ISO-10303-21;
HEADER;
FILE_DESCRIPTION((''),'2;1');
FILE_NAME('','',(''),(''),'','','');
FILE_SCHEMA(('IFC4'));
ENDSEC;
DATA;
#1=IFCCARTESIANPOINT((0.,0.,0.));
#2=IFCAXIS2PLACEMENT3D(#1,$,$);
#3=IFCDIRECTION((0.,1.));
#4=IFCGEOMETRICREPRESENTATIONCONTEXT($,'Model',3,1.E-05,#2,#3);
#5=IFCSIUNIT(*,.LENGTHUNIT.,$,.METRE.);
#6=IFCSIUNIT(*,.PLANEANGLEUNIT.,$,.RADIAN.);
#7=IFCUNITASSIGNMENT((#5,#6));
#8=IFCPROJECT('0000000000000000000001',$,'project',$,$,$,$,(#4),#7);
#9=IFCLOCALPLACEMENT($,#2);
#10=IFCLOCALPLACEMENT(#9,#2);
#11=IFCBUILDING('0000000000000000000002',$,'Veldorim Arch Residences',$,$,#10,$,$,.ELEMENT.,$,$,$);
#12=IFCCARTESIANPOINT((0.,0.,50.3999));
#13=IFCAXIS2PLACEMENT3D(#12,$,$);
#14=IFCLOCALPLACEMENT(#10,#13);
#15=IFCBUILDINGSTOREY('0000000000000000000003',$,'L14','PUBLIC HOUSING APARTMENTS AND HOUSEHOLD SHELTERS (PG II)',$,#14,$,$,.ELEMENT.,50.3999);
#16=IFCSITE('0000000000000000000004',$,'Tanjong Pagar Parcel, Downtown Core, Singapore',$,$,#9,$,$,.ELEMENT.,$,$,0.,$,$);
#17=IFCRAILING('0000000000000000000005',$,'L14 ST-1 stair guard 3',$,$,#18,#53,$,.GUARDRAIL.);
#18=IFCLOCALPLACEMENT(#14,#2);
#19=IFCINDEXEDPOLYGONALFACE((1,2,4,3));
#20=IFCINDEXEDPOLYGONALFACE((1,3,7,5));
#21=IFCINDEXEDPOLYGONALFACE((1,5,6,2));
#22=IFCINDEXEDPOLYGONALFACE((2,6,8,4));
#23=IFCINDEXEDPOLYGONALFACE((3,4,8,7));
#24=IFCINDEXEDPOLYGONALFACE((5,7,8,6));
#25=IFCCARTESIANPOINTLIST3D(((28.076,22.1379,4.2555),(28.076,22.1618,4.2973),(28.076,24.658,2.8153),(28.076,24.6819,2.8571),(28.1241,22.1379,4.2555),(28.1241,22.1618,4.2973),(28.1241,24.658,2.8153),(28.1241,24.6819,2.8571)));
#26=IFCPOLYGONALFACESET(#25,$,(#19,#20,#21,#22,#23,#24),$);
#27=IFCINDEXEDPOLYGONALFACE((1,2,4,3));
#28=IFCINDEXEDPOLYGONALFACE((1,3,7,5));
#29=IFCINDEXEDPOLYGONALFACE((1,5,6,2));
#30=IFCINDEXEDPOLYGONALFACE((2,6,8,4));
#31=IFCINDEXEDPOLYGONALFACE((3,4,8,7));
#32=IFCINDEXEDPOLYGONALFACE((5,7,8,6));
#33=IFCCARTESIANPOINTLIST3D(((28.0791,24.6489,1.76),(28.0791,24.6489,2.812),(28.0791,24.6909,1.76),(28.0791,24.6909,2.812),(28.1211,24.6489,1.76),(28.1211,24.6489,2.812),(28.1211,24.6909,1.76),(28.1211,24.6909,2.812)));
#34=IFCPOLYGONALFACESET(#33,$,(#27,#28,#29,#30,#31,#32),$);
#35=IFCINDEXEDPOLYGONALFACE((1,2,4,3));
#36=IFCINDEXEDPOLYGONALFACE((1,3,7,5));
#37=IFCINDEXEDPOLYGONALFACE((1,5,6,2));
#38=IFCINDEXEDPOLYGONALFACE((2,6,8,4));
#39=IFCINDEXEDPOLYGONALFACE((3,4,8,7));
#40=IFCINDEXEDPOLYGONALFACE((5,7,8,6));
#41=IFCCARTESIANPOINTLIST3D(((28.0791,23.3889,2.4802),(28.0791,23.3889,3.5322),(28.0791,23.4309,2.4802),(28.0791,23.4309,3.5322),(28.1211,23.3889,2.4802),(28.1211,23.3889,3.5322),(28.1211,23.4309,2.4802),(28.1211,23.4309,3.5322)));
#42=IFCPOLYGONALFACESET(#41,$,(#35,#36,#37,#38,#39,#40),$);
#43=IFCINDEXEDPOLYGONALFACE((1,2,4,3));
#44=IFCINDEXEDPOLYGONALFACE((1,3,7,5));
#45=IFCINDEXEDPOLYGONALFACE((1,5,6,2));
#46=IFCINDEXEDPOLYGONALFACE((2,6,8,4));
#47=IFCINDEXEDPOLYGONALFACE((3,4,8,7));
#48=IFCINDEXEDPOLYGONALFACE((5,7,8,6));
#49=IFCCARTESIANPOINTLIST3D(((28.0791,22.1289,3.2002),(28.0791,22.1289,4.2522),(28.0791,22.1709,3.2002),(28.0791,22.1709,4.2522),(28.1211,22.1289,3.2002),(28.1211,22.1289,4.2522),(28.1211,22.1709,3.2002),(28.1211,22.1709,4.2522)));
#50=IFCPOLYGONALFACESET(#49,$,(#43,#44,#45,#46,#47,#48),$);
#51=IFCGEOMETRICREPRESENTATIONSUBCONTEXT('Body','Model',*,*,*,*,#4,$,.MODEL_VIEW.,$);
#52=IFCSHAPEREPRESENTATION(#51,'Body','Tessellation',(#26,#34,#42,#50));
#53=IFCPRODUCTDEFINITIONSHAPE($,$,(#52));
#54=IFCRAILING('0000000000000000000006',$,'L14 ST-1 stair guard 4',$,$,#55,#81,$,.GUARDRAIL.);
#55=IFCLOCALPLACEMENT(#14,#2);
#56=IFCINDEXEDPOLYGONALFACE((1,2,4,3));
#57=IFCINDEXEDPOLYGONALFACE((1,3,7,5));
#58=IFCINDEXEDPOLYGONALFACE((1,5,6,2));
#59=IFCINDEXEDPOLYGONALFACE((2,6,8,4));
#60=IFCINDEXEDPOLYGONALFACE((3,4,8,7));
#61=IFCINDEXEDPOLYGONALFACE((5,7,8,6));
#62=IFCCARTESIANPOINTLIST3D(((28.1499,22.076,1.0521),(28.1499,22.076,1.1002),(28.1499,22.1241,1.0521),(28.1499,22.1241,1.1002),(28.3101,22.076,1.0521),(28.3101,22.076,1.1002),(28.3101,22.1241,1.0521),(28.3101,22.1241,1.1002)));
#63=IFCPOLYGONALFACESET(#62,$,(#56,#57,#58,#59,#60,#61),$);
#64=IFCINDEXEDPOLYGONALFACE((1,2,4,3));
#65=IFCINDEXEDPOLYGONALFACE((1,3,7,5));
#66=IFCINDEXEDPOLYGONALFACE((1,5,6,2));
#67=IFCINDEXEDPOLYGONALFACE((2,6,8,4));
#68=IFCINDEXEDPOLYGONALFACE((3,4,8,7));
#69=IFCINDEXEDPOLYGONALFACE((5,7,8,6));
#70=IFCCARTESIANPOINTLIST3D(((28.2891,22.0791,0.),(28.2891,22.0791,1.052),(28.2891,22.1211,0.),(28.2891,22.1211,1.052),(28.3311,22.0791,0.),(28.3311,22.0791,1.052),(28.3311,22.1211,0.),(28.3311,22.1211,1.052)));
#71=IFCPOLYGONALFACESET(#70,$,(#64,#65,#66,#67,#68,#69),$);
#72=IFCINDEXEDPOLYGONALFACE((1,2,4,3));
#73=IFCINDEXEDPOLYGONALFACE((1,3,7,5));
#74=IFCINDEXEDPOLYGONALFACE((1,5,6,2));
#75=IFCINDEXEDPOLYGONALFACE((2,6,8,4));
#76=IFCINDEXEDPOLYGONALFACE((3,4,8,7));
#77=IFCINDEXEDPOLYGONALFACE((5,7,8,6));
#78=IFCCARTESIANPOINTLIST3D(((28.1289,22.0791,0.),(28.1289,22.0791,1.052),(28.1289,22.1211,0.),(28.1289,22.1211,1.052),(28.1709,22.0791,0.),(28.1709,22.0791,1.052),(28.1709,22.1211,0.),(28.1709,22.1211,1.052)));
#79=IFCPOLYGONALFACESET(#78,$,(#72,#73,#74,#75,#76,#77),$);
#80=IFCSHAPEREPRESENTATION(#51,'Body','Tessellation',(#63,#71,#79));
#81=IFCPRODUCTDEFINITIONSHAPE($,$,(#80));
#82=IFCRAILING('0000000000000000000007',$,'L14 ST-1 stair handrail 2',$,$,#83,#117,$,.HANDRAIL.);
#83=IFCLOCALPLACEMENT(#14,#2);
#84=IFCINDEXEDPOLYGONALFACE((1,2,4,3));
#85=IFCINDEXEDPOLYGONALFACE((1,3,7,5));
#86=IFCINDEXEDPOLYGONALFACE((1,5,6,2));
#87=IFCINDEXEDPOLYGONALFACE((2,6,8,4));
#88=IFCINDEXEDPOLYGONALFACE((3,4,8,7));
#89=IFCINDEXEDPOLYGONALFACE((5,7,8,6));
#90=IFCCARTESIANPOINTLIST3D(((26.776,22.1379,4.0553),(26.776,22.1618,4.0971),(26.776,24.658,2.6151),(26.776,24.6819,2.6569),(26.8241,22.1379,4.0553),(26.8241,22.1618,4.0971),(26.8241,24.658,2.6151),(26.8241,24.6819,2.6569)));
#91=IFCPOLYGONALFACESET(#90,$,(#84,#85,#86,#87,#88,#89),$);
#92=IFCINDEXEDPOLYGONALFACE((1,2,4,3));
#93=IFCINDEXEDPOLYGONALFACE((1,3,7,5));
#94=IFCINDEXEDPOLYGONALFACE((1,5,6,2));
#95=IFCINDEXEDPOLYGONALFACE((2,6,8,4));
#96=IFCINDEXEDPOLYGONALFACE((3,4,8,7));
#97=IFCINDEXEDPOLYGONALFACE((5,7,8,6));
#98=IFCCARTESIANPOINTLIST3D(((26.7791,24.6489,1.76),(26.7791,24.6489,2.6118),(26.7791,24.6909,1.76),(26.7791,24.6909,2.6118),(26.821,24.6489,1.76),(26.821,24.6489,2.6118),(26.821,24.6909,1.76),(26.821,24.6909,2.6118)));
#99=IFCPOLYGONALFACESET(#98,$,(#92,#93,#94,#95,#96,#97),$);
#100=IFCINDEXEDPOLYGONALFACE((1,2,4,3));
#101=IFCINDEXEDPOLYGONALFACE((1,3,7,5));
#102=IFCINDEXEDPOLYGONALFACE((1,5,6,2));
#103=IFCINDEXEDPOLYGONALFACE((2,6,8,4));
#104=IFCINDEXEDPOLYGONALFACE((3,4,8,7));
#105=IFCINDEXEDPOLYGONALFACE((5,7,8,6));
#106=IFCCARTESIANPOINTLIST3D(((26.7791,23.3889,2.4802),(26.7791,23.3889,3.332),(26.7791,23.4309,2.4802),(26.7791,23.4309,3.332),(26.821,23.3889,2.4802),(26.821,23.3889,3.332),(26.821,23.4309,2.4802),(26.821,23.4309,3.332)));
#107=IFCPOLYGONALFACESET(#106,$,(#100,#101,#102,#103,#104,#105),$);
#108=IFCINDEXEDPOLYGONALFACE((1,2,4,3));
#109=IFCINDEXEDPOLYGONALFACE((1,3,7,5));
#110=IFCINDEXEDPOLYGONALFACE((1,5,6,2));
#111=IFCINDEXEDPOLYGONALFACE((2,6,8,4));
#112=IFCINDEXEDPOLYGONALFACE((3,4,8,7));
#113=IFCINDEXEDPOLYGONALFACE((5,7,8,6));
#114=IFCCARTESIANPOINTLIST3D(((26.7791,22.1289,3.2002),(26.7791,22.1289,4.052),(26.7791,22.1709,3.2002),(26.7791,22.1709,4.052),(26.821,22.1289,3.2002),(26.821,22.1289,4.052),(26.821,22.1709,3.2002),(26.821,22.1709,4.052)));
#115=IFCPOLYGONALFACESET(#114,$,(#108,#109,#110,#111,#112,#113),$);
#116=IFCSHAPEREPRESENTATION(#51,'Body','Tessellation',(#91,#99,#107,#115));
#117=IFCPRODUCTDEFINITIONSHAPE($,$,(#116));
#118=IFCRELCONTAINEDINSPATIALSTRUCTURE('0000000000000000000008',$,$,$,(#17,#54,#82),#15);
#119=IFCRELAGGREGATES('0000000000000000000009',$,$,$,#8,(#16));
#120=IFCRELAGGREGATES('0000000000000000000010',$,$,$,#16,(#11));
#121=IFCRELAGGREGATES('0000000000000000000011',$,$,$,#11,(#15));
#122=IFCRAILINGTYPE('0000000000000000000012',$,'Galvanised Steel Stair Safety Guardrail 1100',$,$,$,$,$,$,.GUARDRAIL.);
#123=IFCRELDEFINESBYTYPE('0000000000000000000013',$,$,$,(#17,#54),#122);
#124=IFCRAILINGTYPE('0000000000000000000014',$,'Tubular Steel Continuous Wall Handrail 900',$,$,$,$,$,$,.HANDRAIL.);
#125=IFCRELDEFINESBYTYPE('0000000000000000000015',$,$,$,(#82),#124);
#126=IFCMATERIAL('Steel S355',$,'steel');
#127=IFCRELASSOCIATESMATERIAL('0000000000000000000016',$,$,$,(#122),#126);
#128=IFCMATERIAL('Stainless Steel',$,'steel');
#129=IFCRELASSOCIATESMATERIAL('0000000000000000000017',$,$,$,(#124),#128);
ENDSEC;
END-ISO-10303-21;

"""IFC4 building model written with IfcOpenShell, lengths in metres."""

from ifc_helpers import new_model, si_unit, direction, frame, origin, origin_2d, place, context, subcontext, project, spatial, rectangle, extrude, material, type_object, element, save


model = new_model("IFC4")

# Units and contexts
model_context = context("Model", 3, precision=1e-05, world=origin(), true_north=direction((0.0, 1.0)))
body_context = subcontext(model_context, "Body", "Model", "MODEL_VIEW")
ifc_project = project(units=[si_unit("LENGTHUNIT", "METRE"), si_unit("PLANEANGLEUNIT", "RADIAN")], contexts=[model_context])

# Site, building, storey
site_placement = place(None, origin())
site = spatial("IfcSite", under=ifc_project, at=site_placement, Name="Tanjong Pagar Parcel, Downtown Core, Singapore", CompositionType="ELEMENT", RefElevation=0.0)
building_placement = place(site_placement, origin())
building = spatial("IfcBuilding", under=site, at=building_placement, Name="Veldorim Arch Residences", CompositionType="ELEMENT")
storey_placement = place(building_placement, frame((0.0, 0.0, 50.3999)))
storey = spatial("IfcBuildingStorey", under=building, at=storey_placement, Name="L14", Description="PUBLIC HOUSING APARTMENTS AND HOUSEHOLD SHELTERS (PG II)", CompositionType="ELEMENT", Elevation=50.3999)

# Railings
ifc_material_1 = material(Name="Steel S355", Category="steel")
railing_type_1 = type_object("IfcRailingType", Name="Galvanised Steel Stair Safety Guardrail 1100", PredefinedType="GUARDRAIL", material=ifc_material_1)
railing_1_placement = place(storey_placement, frame((28.1001, 24.6699, 1.76)))
element("IfcRailing", 1, at=railing_1_placement, inside=storey, type_object=railing_type_1, Name="L14 ST-1 stair guard 3", PredefinedType="GUARDRAIL", context=body_context, shape_type="SweptSolid", body=[
    extrude(rectangle(XDim=0.0481, YDim=0.0481, at=origin_2d()), frame((0.0, 0.0, 1.0762), z_axis=(0.0, -0.868217, 0.496184), x_axis=(1.0, 0.0, 0.0)), (0.0, 0.0, 1.0), 2.9026),
    extrude(rectangle(XDim=0.042, YDim=0.042, at=origin_2d()), origin(), (0.0, 0.0, 1.0), 1.052),
    extrude(rectangle(XDim=0.042, YDim=0.042, at=origin_2d()), frame((0.0, -1.26, 0.7202)), (0.0, 0.0, 1.0), 1.052),
    extrude(rectangle(XDim=0.042, YDim=0.042, at=origin_2d()), frame((0.0, -2.52, 1.4402)), (0.0, 0.0, 1.0), 1.052),
])
railing_2_placement = place(storey_placement, frame((28.3101, 22.1001, 0.0)))
element("IfcRailing", 2, at=railing_2_placement, inside=storey, type_object=railing_type_1, Name="L14 ST-1 stair guard 4", PredefinedType="GUARDRAIL", context=body_context, shape_type="SweptSolid", body=[
    extrude(rectangle(XDim=0.0481, YDim=0.0481, at=origin_2d()), frame((0.0, 0.0, 1.0762), z_axis=(-1.0, 0.0, 0.0), x_axis=(0.0, -1.0, 0.0)), (0.0, 0.0, 1.0), 0.1602),
    extrude(rectangle(XDim=0.042, YDim=0.042, at=origin_2d()), origin(), (0.0, 0.0, 1.0), 1.052),
    extrude(rectangle(XDim=0.042, YDim=0.042, at=origin_2d()), frame((-0.1602, 0.0, 0.0)), (0.0, 0.0, 1.0), 1.052),
])
ifc_material_2 = material(Name="Stainless Steel", Category="steel")
railing_type_2 = type_object("IfcRailingType", Name="Tubular Steel Continuous Wall Handrail 900", PredefinedType="HANDRAIL", material=ifc_material_2)
railing_3_placement = place(storey_placement, frame((26.8, 24.6699, 1.76)))
element("IfcRailing", 3, at=railing_3_placement, inside=storey, type_object=railing_type_2, Name="L14 ST-1 stair handrail 2", PredefinedType="HANDRAIL", context=body_context, shape_type="SweptSolid", body=[
    extrude(rectangle(XDim=0.0481, YDim=0.0481, at=origin_2d()), frame((0.0, 0.0, 0.876), z_axis=(0.0, -0.868217, 0.496184), x_axis=(1.0, 0.0, 0.0)), (0.0, 0.0, 1.0), 2.9026),
    extrude(rectangle(XDim=0.042, YDim=0.042, at=origin_2d()), origin(), (0.0, 0.0, 1.0), 0.8518),
    extrude(rectangle(XDim=0.042, YDim=0.042, at=origin_2d()), frame((0.0, -1.26, 0.7202)), (0.0, 0.0, 1.0), 0.8518),
    extrude(rectangle(XDim=0.042, YDim=0.042, at=origin_2d()), frame((0.0, -2.52, 1.4402)), (0.0, 0.0, 1.0), 0.8518),
])

save(model, "model.ifc")
